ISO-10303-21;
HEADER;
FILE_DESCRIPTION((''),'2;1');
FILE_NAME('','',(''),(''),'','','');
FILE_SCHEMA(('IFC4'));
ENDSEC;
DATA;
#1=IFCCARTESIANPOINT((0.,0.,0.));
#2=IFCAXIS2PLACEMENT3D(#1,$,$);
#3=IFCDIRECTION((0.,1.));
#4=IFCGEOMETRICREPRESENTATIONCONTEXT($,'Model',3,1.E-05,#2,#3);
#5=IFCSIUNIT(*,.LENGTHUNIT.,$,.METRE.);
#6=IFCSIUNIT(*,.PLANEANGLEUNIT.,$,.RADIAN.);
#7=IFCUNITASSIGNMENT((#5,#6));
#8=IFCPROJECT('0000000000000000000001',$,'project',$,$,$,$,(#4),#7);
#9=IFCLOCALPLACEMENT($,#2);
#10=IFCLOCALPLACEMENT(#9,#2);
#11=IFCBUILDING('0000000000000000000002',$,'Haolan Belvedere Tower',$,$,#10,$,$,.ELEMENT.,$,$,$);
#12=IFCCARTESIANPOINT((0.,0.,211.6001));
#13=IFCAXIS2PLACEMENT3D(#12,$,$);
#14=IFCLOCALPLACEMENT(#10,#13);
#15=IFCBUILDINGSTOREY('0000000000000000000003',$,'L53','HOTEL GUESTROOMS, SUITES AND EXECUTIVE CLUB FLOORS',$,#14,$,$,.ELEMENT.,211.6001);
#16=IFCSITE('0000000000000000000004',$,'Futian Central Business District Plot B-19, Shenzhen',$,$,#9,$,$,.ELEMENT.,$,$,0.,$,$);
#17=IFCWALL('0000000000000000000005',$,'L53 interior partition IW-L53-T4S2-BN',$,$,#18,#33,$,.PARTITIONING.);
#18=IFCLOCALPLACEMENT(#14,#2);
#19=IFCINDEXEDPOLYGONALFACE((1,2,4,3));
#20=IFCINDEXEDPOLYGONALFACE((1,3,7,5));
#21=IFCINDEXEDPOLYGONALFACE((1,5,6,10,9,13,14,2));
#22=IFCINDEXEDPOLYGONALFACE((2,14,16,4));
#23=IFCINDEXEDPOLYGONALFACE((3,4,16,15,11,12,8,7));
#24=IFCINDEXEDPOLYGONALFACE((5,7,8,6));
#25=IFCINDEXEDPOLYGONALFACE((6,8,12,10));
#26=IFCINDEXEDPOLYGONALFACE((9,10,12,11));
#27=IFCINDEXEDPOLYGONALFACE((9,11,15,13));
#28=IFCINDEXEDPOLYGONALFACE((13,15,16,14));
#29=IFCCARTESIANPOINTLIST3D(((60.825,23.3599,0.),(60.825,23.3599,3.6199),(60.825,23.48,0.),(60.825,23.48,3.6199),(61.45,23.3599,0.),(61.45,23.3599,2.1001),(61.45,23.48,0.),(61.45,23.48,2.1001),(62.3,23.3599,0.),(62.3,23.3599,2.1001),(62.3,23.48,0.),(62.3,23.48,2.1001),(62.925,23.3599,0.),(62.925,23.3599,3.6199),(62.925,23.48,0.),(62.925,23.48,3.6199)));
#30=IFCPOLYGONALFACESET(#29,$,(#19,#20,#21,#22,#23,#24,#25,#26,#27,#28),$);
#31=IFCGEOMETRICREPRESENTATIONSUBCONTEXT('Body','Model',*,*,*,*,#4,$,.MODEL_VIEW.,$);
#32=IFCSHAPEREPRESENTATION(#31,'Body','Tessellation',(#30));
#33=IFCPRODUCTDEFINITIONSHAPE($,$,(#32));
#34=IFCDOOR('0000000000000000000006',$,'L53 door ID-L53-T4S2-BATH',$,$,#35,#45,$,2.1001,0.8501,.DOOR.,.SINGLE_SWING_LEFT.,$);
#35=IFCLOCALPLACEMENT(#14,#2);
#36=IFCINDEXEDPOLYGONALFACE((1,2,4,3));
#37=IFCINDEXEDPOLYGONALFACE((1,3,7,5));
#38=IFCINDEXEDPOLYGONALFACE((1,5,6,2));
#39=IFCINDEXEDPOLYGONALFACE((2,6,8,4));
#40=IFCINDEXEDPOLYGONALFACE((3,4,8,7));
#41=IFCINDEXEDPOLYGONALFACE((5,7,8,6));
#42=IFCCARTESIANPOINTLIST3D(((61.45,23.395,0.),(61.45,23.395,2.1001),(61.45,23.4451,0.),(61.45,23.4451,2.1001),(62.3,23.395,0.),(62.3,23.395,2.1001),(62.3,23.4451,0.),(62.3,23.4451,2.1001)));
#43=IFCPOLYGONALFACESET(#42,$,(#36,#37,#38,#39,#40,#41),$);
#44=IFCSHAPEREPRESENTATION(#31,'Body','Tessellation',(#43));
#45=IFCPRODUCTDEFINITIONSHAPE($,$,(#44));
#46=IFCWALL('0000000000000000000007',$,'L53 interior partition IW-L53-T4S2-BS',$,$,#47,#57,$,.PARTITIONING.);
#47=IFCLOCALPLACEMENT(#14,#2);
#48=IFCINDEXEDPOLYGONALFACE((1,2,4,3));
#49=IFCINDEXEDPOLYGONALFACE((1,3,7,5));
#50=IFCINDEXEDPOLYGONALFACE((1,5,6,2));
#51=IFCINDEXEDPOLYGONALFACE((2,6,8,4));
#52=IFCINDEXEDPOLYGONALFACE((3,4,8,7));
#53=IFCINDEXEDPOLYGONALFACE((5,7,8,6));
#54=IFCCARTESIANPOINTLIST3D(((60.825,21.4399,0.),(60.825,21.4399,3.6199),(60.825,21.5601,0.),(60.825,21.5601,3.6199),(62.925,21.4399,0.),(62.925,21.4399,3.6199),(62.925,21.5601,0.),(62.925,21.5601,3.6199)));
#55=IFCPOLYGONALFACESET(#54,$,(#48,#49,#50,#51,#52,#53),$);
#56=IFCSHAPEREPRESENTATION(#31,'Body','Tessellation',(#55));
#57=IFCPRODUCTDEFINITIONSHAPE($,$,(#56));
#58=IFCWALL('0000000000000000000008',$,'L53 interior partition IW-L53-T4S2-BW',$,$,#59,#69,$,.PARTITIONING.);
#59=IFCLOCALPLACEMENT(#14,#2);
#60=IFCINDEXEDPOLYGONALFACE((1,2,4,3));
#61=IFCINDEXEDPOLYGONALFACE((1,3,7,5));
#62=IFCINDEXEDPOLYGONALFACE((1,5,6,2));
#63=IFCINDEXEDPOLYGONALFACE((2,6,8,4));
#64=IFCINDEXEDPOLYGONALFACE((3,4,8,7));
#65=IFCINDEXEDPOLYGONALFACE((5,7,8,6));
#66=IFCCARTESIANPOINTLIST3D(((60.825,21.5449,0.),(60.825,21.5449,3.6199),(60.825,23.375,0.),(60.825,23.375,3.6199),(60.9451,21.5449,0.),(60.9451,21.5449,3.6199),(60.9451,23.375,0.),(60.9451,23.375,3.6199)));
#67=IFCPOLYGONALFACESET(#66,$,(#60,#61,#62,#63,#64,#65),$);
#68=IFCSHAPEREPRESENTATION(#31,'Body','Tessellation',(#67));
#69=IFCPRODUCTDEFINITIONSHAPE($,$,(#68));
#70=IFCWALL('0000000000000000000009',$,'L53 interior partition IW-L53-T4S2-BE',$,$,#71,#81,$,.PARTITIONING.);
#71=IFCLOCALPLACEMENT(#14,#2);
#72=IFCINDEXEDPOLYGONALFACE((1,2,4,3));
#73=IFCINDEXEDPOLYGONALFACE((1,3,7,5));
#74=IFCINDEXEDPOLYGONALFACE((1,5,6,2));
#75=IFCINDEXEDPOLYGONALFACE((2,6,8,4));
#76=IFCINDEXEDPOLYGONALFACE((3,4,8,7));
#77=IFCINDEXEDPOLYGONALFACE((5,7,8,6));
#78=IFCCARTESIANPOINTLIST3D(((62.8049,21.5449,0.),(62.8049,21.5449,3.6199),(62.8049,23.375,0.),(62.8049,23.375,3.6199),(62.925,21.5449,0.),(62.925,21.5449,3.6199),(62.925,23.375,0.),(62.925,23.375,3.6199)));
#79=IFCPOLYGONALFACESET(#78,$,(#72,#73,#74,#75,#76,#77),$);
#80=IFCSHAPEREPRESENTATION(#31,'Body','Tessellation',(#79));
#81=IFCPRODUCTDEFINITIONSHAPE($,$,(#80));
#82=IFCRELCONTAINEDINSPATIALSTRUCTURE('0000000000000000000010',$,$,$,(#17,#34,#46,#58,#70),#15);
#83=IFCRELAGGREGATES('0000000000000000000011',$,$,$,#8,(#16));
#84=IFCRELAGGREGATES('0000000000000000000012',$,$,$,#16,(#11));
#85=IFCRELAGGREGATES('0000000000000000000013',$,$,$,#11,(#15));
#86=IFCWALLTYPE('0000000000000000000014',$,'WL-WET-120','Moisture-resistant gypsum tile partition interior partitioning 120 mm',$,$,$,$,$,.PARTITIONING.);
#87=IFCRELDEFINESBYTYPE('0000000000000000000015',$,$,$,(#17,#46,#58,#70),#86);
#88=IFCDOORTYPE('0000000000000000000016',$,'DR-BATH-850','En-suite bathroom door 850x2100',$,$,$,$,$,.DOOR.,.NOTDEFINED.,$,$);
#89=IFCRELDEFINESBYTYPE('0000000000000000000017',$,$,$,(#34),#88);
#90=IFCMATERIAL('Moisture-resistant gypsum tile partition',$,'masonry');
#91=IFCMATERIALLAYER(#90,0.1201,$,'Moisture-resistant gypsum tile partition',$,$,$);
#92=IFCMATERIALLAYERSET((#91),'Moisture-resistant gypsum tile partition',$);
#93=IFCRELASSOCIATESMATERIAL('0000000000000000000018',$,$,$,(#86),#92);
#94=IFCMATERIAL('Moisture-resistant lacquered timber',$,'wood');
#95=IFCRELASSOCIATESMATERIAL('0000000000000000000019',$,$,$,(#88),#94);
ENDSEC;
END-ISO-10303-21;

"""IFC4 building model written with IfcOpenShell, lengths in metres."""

from ifc_helpers import new_model, si_unit, direction, frame, frame_2d, origin, place, context, subcontext, project, spatial, rectangle, extrude, material, layer, layer_set, type_object, element, fill, save


model = new_model("IFC4")

# Units and contexts
model_context = context("Model", 3, precision=1e-05, world=origin(), true_north=direction((0.0, 1.0)))
body_context = subcontext(model_context, "Body", "Model", "MODEL_VIEW")
ifc_project = project(units=[si_unit("LENGTHUNIT", "METRE"), si_unit("PLANEANGLEUNIT", "RADIAN")], contexts=[model_context])

# Site, building, storey
site_placement = place(None, origin())
site = spatial("IfcSite", under=ifc_project, at=site_placement, Name="Futian Central Business District Plot B-19, Shenzhen", CompositionType="ELEMENT", RefElevation=0.0)
building_placement = place(site_placement, origin())
building = spatial("IfcBuilding", under=site, at=building_placement, Name="Haolan Belvedere Tower", CompositionType="ELEMENT")
storey_placement = place(building_placement, frame((0.0, 0.0, 211.6001)))
storey = spatial("IfcBuildingStorey", under=building, at=storey_placement, Name="L53", Description="HOTEL GUESTROOMS, SUITES AND EXECUTIVE CLUB FLOORS", CompositionType="ELEMENT", Elevation=211.6001)

# Shared definitions
ifc_material_1 = material(Name="Moisture-resistant gypsum tile partition", Category="masonry")
ifc_layer_1 = layer(ifc_material_1, 0.1201, Name="Moisture-resistant gypsum tile partition")
ifc_layer_set_1 = layer_set([ifc_layer_1], Name="Moisture-resistant gypsum tile partition")
wall_type_1 = type_object("IfcWallType", Name="WL-WET-120", Description="Moisture-resistant gypsum tile partition interior partitioning 120 mm", PredefinedType="PARTITIONING", material=ifc_layer_set_1)

# Shared definitions
ifc_material_2 = material(Name="Moisture-resistant lacquered timber", Category="wood")
door_type = type_object("IfcDoorType", Name="DR-BATH-850", Description="En-suite bathroom door 850x2100", OperationType="NOTDEFINED", PredefinedType="DOOR", material=ifc_material_2)

# Wall, opening, door
wall_1_placement = place(storey_placement, frame((60.825, 23.4199, 0.0), z_axis=(0.0, 0.0, 1.0), x_axis=(1.0, 0.0, 0.0)))
wall_1 = element("IfcWall", 1, at=wall_1_placement, inside=storey, type_object=wall_type_1, Name="L53 interior partition IW-L53-T4S2-BN", PredefinedType="PARTITIONING", context=body_context, shape_type="SweptSolid", body=[
    extrude(rectangle(XDim=2.1001, YDim=0.1201, at=frame_2d((1.05, 0.0))), origin(), (0.0, 0.0, 1.0), 3.6199),
])
opening_1_placement = place(wall_1_placement, frame((1.4751, 0.0, 0.0), z_axis=(0.0, 0.0, 1.0), x_axis=(-1.0, 0.0, 0.0)))
opening_1 = element("IfcOpeningElement", 2, at=opening_1_placement, cuts=wall_1, PredefinedType="OPENING", context=body_context, shape_type="SweptSolid", body=[
    extrude(rectangle(XDim=0.8501, YDim=2.1001, at=frame_2d((0.425, 1.05))), frame((0.0, 0.0701, 0.0), z_axis=(0.0, -1.0, 0.0), x_axis=(1.0, 0.0, 0.0)), (0.0, 0.0, 1.0), 0.1401),
])
door_1_placement = place(opening_1_placement, origin())
door_1 = element("IfcDoor", 3, at=door_1_placement, inside=storey, type_object=door_type, Name="L53 door ID-L53-T4S2-BATH", OperationType="SINGLE_SWING_LEFT", OverallHeight=2.1001, OverallWidth=0.8501, PredefinedType="DOOR", context=body_context, shape_type="SweptSolid", body=[
    extrude(rectangle(XDim=0.8501, YDim=2.1001, at=frame_2d((0.425, 1.05))), frame((0.0, 0.0249, 0.0), z_axis=(0.0, -1.0, 0.0), x_axis=(1.0, 0.0, 0.0)), (0.0, 0.0, 1.0), 0.05),
])
fill(opening_1, door_1)

# Walls
wall_2_placement = place(storey_placement, frame((60.825, 21.5, 0.0), z_axis=(0.0, 0.0, 1.0), x_axis=(1.0, 0.0, 0.0)))
element("IfcWall", 4, at=wall_2_placement, inside=storey, type_object=wall_type_1, Name="L53 interior partition IW-L53-T4S2-BS", PredefinedType="PARTITIONING", context=body_context, shape_type="SweptSolid", body=[
    extrude(rectangle(XDim=2.1001, YDim=0.1201, at=frame_2d((1.05, 0.0))), origin(), (0.0, 0.0, 1.0), 3.6199),
])
for number, where, z_axis, x_axis, name in (
    (5, (60.885, 21.5449, 0.0), (0.0, 0.0, 1.0), (0.0, 1.0, 0.0), "L53 interior partition IW-L53-T4S2-BW"),
    (6, (62.865, 21.5449, 0.0), (0.0, 0.0, 1.0), (0.0, 1.0, 0.0), "L53 interior partition IW-L53-T4S2-BE"),
):
    element("IfcWall", number, at=place(storey_placement, frame(where, z_axis=z_axis, x_axis=x_axis)), inside=storey, type_object=wall_type_1, Name=name, PredefinedType="PARTITIONING", context=body_context, shape_type="SweptSolid", body=[
        extrude(rectangle(XDim=1.8301, YDim=0.1201, at=frame_2d((0.915, 0.0))), origin(), (0.0, 0.0, 1.0), 3.6199),
    ])

save(model, "model.ifc")
